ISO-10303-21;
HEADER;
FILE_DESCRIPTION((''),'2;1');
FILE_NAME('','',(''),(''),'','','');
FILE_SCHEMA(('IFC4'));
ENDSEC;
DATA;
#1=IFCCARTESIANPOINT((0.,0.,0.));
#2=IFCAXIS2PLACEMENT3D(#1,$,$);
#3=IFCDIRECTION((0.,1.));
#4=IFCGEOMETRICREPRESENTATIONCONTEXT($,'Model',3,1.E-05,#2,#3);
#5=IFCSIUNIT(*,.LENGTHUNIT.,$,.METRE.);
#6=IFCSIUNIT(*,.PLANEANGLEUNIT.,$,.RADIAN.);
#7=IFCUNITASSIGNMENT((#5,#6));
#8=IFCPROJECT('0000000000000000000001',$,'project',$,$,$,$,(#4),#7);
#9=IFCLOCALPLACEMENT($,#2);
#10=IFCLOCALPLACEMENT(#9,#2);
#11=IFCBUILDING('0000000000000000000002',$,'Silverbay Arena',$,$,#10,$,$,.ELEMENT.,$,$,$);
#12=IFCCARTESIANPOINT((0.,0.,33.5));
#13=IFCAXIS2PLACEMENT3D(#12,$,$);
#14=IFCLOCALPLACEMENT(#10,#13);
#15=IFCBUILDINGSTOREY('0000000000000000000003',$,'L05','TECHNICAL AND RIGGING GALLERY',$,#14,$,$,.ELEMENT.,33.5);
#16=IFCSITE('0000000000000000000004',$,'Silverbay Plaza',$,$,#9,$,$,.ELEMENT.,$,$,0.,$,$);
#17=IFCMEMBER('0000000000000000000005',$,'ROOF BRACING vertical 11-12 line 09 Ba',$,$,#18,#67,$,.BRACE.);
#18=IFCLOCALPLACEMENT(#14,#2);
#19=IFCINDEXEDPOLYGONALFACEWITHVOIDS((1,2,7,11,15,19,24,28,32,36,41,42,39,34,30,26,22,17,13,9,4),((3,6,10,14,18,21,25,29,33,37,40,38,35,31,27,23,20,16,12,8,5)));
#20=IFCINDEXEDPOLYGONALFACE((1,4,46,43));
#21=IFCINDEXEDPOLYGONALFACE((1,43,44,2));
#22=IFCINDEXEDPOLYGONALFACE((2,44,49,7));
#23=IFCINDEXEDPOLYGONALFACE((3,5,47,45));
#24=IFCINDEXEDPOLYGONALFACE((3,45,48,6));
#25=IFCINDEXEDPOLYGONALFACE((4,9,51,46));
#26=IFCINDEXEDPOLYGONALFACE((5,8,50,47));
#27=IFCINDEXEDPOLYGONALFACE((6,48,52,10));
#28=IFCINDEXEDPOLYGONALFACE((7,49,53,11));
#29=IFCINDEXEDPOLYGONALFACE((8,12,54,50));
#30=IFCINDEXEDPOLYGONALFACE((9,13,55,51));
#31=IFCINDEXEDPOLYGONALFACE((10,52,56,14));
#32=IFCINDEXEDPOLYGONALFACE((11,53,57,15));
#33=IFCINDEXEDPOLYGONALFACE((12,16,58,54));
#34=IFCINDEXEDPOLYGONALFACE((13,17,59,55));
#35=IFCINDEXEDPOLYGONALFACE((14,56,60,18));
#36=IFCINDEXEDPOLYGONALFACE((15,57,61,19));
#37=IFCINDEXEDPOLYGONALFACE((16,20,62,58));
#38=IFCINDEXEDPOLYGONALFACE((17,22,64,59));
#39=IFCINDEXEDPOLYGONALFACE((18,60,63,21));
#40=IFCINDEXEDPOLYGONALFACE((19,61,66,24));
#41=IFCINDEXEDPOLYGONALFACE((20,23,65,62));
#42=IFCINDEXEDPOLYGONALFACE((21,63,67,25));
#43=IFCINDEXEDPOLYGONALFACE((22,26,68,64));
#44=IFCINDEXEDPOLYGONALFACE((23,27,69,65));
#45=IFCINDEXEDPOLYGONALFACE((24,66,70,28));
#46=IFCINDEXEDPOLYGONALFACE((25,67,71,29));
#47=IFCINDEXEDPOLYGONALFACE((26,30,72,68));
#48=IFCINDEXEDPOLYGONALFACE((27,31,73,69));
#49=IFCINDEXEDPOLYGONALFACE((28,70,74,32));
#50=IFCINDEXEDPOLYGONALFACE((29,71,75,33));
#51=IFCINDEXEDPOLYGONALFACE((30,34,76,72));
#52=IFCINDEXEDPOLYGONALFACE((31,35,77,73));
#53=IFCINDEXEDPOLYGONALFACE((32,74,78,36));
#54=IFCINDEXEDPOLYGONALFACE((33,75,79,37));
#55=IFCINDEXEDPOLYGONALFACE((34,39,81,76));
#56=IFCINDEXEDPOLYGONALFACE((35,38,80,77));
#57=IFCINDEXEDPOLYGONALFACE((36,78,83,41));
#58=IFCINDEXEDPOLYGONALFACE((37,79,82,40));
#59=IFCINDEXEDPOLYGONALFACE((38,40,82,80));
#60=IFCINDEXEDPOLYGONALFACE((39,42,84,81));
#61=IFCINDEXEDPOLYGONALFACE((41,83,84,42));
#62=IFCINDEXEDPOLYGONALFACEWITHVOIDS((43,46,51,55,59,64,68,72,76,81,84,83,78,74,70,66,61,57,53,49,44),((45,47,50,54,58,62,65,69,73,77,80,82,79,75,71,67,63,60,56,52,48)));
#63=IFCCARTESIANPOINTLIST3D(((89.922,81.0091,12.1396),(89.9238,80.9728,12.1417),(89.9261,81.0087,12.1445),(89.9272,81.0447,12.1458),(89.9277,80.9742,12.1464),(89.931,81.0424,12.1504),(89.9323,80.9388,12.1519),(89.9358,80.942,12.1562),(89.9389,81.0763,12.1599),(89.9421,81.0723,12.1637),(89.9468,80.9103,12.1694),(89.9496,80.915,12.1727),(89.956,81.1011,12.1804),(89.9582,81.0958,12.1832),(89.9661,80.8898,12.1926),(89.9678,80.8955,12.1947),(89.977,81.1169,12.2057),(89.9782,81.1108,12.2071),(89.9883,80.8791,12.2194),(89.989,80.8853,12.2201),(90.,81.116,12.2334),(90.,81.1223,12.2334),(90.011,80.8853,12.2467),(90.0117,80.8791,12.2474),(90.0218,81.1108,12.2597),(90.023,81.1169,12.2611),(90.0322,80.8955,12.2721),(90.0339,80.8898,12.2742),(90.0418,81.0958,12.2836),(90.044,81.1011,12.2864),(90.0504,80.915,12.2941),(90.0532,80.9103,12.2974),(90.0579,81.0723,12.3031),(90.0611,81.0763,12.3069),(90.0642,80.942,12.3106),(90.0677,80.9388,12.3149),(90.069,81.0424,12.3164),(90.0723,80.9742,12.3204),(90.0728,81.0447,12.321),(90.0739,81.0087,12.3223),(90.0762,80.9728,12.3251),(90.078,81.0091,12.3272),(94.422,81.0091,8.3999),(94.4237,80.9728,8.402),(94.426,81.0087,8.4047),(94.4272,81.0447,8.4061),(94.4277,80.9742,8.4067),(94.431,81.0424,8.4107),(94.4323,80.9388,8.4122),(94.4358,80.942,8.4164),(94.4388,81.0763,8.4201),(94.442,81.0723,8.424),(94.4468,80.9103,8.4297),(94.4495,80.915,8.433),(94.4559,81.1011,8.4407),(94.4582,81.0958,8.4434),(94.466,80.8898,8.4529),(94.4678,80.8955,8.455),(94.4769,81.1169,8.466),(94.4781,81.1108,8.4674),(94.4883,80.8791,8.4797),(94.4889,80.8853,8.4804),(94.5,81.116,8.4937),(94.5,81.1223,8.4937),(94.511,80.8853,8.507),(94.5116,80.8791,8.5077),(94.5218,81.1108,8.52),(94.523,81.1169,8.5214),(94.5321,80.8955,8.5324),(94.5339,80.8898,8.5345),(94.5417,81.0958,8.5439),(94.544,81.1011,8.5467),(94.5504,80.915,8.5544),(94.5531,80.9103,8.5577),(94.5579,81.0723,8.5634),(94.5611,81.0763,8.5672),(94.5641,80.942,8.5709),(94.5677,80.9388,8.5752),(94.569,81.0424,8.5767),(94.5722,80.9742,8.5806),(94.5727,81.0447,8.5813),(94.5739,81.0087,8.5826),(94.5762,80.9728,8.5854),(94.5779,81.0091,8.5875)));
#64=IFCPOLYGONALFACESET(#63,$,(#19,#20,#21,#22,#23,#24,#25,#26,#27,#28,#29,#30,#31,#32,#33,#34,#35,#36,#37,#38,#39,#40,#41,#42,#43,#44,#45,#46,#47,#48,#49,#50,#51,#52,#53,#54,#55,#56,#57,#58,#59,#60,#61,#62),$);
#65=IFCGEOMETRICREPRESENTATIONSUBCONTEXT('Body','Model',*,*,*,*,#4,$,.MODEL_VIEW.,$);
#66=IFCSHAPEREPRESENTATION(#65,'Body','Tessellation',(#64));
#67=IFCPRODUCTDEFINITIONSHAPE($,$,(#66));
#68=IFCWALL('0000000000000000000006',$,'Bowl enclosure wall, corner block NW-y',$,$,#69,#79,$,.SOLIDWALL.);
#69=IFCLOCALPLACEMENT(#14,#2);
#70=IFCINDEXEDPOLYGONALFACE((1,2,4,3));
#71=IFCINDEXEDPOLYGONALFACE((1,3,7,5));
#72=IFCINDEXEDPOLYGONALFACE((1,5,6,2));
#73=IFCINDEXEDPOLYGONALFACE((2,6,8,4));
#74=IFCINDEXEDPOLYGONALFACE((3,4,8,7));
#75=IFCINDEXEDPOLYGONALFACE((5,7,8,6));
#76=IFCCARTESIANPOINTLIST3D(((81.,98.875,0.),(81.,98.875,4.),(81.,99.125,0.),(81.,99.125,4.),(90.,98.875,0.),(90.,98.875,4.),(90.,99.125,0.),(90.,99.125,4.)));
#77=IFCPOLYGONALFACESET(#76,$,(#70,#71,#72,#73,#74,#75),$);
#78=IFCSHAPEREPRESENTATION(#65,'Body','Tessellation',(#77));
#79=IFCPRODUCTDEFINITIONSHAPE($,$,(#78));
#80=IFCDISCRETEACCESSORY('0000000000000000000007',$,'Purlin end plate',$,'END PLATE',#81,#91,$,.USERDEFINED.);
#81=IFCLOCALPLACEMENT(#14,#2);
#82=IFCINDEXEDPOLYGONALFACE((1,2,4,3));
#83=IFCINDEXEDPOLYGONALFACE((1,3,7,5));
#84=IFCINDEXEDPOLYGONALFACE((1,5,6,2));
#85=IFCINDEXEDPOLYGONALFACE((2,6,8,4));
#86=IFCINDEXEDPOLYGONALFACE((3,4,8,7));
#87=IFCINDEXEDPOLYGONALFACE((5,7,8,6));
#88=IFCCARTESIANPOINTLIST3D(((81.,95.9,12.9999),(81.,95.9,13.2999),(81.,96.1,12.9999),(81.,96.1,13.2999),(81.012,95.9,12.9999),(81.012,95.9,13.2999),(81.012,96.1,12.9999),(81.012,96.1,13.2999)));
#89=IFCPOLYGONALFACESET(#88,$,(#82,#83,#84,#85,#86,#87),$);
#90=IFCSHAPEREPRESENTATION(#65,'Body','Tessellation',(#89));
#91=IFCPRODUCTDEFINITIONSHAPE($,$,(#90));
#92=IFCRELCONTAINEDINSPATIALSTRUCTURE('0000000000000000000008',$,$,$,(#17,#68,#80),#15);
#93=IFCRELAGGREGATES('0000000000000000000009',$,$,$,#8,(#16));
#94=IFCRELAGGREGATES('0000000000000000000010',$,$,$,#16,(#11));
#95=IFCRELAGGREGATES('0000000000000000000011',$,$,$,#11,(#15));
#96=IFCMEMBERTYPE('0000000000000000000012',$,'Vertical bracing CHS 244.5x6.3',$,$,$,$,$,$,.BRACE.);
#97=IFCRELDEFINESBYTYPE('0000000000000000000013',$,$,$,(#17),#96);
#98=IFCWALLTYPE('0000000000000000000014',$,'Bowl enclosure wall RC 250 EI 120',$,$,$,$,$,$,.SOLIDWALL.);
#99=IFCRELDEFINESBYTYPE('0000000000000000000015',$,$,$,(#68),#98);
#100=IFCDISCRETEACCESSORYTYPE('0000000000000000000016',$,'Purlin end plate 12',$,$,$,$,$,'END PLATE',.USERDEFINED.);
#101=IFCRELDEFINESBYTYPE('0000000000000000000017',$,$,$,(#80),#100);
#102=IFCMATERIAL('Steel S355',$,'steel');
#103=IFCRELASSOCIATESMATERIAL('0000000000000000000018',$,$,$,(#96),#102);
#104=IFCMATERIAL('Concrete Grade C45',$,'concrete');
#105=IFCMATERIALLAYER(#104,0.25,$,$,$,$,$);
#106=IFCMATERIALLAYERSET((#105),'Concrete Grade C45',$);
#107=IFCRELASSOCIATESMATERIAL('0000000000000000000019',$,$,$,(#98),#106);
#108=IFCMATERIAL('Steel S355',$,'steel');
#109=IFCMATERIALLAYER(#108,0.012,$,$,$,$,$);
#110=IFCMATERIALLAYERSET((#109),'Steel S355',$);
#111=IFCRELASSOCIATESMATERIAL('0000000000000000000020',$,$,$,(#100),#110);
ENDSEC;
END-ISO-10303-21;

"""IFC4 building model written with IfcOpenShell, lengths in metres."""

from ifc_helpers import new_model, si_unit, direction, frame, frame_2d, origin, origin_2d, place, context, subcontext, project, spatial, rectangle, hollow_circle, extrude, material, layer, layer_set, material_profile, profile_set, type_object, element, save


model = new_model("IFC4")

# Units and contexts
model_context = context("Model", 3, precision=1e-05, world=origin(), true_north=direction((0.0, 1.0)))
body_context = subcontext(model_context, "Body", "Model", "MODEL_VIEW")
ifc_project = project(units=[si_unit("LENGTHUNIT", "METRE"), si_unit("PLANEANGLEUNIT", "RADIAN")], contexts=[model_context])

# Site, building, storey
site_placement = place(None, origin())
site = spatial("IfcSite", under=ifc_project, at=site_placement, Name="Silverbay Plaza", CompositionType="ELEMENT", RefElevation=0.0)
building_placement = place(site_placement, origin())
building = spatial("IfcBuilding", under=site, at=building_placement, Name="Silverbay Arena", CompositionType="ELEMENT")
storey_placement = place(building_placement, frame((0.0, 0.0, 33.5)))
storey = spatial("IfcBuildingStorey", under=building, at=storey_placement, Name="L05", Description="TECHNICAL AND RIGGING GALLERY", CompositionType="ELEMENT", Elevation=33.5)

# Member
ifc_material_1 = material(Name="Steel S355", Category="steel")
ifc_material_profile_1 = material_profile(ifc_material_1, hollow_circle(Radius=0.1223, WallThickness=0.0063, at=origin_2d()), Name="CHS 244.5x6.3")
ifc_profile_set_1 = profile_set([ifc_material_profile_1], Name="Steel S355")
member_type_1 = type_object("IfcMemberType", Name="Vertical bracing CHS 244.5x6.3", PredefinedType="BRACE", material=ifc_profile_set_1)
for number, where, z_axis, x_axis, name in (
    (1, (90.0, 81.0, 12.2334), (0.769082, 0.0, -0.63915), (0.0, 1.0, 0.0), "ROOF BRACING vertical 11-12 line 09 Ba"),
):
    element("IfcMember", number, at=place(storey_placement, frame(where, z_axis=z_axis, x_axis=x_axis)), inside=storey, type_object=member_type_1, Name=name, PredefinedType="BRACE", context=body_context, shape_type="SweptSolid", body=[
        extrude(hollow_circle(Radius=0.1223, WallThickness=0.0063, at=origin_2d()), origin(), (0.0, 0.0, 1.0), 5.8511),
    ])

# Wall
ifc_material_2 = material(Name="Concrete Grade C45", Category="concrete")
ifc_layer_1 = layer(ifc_material_2, 0.25)
ifc_layer_set_1 = layer_set([ifc_layer_1], Name="Concrete Grade C45")
wall_type = type_object("IfcWallType", Name="Bowl enclosure wall RC 250 EI 120", PredefinedType="SOLIDWALL", material=ifc_layer_set_1)
wall_placement = place(storey_placement, frame((81.0, 99.0, 0.0), z_axis=(0.0, 0.0, 1.0), x_axis=(1.0, 0.0, 0.0)))
element("IfcWall", 2, at=wall_placement, inside=storey, type_object=wall_type, Name="Bowl enclosure wall, corner block NW-y", PredefinedType="SOLIDWALL", context=body_context, shape_type="SweptSolid", body=[
    extrude(rectangle(XDim=9.0, YDim=0.25, at=frame_2d((4.5, 0.0))), origin(), (0.0, 0.0, 1.0), 4.0),
])

# Discrete accessory
ifc_material_3 = material(Name="Steel S355", Category="steel")
ifc_layer_2 = layer(ifc_material_3, 0.012)
ifc_layer_set_2 = layer_set([ifc_layer_2], Name="Steel S355")
discrete_accessory_type = type_object("IfcDiscreteAccessoryType", Name="Purlin end plate 12", ElementType="END PLATE", PredefinedType="USERDEFINED", material=ifc_layer_set_2)
discrete_accessory_placement = place(storey_placement, frame((81.0, 96.0, 13.1499), z_axis=(1.0, 0.0, 0.0), x_axis=(0.0, 1.0, 0.0)))
element("IfcDiscreteAccessory", 3, at=discrete_accessory_placement, inside=storey, type_object=discrete_accessory_type, Name="Purlin end plate", ObjectType="END PLATE", PredefinedType="USERDEFINED", context=body_context, shape_type="SweptSolid", body=[
    extrude(rectangle(XDim=0.2, YDim=0.3, at=origin_2d()), origin(), (0.0, 0.0, 1.0), 0.012),
])

save(model, "model.ifc")
